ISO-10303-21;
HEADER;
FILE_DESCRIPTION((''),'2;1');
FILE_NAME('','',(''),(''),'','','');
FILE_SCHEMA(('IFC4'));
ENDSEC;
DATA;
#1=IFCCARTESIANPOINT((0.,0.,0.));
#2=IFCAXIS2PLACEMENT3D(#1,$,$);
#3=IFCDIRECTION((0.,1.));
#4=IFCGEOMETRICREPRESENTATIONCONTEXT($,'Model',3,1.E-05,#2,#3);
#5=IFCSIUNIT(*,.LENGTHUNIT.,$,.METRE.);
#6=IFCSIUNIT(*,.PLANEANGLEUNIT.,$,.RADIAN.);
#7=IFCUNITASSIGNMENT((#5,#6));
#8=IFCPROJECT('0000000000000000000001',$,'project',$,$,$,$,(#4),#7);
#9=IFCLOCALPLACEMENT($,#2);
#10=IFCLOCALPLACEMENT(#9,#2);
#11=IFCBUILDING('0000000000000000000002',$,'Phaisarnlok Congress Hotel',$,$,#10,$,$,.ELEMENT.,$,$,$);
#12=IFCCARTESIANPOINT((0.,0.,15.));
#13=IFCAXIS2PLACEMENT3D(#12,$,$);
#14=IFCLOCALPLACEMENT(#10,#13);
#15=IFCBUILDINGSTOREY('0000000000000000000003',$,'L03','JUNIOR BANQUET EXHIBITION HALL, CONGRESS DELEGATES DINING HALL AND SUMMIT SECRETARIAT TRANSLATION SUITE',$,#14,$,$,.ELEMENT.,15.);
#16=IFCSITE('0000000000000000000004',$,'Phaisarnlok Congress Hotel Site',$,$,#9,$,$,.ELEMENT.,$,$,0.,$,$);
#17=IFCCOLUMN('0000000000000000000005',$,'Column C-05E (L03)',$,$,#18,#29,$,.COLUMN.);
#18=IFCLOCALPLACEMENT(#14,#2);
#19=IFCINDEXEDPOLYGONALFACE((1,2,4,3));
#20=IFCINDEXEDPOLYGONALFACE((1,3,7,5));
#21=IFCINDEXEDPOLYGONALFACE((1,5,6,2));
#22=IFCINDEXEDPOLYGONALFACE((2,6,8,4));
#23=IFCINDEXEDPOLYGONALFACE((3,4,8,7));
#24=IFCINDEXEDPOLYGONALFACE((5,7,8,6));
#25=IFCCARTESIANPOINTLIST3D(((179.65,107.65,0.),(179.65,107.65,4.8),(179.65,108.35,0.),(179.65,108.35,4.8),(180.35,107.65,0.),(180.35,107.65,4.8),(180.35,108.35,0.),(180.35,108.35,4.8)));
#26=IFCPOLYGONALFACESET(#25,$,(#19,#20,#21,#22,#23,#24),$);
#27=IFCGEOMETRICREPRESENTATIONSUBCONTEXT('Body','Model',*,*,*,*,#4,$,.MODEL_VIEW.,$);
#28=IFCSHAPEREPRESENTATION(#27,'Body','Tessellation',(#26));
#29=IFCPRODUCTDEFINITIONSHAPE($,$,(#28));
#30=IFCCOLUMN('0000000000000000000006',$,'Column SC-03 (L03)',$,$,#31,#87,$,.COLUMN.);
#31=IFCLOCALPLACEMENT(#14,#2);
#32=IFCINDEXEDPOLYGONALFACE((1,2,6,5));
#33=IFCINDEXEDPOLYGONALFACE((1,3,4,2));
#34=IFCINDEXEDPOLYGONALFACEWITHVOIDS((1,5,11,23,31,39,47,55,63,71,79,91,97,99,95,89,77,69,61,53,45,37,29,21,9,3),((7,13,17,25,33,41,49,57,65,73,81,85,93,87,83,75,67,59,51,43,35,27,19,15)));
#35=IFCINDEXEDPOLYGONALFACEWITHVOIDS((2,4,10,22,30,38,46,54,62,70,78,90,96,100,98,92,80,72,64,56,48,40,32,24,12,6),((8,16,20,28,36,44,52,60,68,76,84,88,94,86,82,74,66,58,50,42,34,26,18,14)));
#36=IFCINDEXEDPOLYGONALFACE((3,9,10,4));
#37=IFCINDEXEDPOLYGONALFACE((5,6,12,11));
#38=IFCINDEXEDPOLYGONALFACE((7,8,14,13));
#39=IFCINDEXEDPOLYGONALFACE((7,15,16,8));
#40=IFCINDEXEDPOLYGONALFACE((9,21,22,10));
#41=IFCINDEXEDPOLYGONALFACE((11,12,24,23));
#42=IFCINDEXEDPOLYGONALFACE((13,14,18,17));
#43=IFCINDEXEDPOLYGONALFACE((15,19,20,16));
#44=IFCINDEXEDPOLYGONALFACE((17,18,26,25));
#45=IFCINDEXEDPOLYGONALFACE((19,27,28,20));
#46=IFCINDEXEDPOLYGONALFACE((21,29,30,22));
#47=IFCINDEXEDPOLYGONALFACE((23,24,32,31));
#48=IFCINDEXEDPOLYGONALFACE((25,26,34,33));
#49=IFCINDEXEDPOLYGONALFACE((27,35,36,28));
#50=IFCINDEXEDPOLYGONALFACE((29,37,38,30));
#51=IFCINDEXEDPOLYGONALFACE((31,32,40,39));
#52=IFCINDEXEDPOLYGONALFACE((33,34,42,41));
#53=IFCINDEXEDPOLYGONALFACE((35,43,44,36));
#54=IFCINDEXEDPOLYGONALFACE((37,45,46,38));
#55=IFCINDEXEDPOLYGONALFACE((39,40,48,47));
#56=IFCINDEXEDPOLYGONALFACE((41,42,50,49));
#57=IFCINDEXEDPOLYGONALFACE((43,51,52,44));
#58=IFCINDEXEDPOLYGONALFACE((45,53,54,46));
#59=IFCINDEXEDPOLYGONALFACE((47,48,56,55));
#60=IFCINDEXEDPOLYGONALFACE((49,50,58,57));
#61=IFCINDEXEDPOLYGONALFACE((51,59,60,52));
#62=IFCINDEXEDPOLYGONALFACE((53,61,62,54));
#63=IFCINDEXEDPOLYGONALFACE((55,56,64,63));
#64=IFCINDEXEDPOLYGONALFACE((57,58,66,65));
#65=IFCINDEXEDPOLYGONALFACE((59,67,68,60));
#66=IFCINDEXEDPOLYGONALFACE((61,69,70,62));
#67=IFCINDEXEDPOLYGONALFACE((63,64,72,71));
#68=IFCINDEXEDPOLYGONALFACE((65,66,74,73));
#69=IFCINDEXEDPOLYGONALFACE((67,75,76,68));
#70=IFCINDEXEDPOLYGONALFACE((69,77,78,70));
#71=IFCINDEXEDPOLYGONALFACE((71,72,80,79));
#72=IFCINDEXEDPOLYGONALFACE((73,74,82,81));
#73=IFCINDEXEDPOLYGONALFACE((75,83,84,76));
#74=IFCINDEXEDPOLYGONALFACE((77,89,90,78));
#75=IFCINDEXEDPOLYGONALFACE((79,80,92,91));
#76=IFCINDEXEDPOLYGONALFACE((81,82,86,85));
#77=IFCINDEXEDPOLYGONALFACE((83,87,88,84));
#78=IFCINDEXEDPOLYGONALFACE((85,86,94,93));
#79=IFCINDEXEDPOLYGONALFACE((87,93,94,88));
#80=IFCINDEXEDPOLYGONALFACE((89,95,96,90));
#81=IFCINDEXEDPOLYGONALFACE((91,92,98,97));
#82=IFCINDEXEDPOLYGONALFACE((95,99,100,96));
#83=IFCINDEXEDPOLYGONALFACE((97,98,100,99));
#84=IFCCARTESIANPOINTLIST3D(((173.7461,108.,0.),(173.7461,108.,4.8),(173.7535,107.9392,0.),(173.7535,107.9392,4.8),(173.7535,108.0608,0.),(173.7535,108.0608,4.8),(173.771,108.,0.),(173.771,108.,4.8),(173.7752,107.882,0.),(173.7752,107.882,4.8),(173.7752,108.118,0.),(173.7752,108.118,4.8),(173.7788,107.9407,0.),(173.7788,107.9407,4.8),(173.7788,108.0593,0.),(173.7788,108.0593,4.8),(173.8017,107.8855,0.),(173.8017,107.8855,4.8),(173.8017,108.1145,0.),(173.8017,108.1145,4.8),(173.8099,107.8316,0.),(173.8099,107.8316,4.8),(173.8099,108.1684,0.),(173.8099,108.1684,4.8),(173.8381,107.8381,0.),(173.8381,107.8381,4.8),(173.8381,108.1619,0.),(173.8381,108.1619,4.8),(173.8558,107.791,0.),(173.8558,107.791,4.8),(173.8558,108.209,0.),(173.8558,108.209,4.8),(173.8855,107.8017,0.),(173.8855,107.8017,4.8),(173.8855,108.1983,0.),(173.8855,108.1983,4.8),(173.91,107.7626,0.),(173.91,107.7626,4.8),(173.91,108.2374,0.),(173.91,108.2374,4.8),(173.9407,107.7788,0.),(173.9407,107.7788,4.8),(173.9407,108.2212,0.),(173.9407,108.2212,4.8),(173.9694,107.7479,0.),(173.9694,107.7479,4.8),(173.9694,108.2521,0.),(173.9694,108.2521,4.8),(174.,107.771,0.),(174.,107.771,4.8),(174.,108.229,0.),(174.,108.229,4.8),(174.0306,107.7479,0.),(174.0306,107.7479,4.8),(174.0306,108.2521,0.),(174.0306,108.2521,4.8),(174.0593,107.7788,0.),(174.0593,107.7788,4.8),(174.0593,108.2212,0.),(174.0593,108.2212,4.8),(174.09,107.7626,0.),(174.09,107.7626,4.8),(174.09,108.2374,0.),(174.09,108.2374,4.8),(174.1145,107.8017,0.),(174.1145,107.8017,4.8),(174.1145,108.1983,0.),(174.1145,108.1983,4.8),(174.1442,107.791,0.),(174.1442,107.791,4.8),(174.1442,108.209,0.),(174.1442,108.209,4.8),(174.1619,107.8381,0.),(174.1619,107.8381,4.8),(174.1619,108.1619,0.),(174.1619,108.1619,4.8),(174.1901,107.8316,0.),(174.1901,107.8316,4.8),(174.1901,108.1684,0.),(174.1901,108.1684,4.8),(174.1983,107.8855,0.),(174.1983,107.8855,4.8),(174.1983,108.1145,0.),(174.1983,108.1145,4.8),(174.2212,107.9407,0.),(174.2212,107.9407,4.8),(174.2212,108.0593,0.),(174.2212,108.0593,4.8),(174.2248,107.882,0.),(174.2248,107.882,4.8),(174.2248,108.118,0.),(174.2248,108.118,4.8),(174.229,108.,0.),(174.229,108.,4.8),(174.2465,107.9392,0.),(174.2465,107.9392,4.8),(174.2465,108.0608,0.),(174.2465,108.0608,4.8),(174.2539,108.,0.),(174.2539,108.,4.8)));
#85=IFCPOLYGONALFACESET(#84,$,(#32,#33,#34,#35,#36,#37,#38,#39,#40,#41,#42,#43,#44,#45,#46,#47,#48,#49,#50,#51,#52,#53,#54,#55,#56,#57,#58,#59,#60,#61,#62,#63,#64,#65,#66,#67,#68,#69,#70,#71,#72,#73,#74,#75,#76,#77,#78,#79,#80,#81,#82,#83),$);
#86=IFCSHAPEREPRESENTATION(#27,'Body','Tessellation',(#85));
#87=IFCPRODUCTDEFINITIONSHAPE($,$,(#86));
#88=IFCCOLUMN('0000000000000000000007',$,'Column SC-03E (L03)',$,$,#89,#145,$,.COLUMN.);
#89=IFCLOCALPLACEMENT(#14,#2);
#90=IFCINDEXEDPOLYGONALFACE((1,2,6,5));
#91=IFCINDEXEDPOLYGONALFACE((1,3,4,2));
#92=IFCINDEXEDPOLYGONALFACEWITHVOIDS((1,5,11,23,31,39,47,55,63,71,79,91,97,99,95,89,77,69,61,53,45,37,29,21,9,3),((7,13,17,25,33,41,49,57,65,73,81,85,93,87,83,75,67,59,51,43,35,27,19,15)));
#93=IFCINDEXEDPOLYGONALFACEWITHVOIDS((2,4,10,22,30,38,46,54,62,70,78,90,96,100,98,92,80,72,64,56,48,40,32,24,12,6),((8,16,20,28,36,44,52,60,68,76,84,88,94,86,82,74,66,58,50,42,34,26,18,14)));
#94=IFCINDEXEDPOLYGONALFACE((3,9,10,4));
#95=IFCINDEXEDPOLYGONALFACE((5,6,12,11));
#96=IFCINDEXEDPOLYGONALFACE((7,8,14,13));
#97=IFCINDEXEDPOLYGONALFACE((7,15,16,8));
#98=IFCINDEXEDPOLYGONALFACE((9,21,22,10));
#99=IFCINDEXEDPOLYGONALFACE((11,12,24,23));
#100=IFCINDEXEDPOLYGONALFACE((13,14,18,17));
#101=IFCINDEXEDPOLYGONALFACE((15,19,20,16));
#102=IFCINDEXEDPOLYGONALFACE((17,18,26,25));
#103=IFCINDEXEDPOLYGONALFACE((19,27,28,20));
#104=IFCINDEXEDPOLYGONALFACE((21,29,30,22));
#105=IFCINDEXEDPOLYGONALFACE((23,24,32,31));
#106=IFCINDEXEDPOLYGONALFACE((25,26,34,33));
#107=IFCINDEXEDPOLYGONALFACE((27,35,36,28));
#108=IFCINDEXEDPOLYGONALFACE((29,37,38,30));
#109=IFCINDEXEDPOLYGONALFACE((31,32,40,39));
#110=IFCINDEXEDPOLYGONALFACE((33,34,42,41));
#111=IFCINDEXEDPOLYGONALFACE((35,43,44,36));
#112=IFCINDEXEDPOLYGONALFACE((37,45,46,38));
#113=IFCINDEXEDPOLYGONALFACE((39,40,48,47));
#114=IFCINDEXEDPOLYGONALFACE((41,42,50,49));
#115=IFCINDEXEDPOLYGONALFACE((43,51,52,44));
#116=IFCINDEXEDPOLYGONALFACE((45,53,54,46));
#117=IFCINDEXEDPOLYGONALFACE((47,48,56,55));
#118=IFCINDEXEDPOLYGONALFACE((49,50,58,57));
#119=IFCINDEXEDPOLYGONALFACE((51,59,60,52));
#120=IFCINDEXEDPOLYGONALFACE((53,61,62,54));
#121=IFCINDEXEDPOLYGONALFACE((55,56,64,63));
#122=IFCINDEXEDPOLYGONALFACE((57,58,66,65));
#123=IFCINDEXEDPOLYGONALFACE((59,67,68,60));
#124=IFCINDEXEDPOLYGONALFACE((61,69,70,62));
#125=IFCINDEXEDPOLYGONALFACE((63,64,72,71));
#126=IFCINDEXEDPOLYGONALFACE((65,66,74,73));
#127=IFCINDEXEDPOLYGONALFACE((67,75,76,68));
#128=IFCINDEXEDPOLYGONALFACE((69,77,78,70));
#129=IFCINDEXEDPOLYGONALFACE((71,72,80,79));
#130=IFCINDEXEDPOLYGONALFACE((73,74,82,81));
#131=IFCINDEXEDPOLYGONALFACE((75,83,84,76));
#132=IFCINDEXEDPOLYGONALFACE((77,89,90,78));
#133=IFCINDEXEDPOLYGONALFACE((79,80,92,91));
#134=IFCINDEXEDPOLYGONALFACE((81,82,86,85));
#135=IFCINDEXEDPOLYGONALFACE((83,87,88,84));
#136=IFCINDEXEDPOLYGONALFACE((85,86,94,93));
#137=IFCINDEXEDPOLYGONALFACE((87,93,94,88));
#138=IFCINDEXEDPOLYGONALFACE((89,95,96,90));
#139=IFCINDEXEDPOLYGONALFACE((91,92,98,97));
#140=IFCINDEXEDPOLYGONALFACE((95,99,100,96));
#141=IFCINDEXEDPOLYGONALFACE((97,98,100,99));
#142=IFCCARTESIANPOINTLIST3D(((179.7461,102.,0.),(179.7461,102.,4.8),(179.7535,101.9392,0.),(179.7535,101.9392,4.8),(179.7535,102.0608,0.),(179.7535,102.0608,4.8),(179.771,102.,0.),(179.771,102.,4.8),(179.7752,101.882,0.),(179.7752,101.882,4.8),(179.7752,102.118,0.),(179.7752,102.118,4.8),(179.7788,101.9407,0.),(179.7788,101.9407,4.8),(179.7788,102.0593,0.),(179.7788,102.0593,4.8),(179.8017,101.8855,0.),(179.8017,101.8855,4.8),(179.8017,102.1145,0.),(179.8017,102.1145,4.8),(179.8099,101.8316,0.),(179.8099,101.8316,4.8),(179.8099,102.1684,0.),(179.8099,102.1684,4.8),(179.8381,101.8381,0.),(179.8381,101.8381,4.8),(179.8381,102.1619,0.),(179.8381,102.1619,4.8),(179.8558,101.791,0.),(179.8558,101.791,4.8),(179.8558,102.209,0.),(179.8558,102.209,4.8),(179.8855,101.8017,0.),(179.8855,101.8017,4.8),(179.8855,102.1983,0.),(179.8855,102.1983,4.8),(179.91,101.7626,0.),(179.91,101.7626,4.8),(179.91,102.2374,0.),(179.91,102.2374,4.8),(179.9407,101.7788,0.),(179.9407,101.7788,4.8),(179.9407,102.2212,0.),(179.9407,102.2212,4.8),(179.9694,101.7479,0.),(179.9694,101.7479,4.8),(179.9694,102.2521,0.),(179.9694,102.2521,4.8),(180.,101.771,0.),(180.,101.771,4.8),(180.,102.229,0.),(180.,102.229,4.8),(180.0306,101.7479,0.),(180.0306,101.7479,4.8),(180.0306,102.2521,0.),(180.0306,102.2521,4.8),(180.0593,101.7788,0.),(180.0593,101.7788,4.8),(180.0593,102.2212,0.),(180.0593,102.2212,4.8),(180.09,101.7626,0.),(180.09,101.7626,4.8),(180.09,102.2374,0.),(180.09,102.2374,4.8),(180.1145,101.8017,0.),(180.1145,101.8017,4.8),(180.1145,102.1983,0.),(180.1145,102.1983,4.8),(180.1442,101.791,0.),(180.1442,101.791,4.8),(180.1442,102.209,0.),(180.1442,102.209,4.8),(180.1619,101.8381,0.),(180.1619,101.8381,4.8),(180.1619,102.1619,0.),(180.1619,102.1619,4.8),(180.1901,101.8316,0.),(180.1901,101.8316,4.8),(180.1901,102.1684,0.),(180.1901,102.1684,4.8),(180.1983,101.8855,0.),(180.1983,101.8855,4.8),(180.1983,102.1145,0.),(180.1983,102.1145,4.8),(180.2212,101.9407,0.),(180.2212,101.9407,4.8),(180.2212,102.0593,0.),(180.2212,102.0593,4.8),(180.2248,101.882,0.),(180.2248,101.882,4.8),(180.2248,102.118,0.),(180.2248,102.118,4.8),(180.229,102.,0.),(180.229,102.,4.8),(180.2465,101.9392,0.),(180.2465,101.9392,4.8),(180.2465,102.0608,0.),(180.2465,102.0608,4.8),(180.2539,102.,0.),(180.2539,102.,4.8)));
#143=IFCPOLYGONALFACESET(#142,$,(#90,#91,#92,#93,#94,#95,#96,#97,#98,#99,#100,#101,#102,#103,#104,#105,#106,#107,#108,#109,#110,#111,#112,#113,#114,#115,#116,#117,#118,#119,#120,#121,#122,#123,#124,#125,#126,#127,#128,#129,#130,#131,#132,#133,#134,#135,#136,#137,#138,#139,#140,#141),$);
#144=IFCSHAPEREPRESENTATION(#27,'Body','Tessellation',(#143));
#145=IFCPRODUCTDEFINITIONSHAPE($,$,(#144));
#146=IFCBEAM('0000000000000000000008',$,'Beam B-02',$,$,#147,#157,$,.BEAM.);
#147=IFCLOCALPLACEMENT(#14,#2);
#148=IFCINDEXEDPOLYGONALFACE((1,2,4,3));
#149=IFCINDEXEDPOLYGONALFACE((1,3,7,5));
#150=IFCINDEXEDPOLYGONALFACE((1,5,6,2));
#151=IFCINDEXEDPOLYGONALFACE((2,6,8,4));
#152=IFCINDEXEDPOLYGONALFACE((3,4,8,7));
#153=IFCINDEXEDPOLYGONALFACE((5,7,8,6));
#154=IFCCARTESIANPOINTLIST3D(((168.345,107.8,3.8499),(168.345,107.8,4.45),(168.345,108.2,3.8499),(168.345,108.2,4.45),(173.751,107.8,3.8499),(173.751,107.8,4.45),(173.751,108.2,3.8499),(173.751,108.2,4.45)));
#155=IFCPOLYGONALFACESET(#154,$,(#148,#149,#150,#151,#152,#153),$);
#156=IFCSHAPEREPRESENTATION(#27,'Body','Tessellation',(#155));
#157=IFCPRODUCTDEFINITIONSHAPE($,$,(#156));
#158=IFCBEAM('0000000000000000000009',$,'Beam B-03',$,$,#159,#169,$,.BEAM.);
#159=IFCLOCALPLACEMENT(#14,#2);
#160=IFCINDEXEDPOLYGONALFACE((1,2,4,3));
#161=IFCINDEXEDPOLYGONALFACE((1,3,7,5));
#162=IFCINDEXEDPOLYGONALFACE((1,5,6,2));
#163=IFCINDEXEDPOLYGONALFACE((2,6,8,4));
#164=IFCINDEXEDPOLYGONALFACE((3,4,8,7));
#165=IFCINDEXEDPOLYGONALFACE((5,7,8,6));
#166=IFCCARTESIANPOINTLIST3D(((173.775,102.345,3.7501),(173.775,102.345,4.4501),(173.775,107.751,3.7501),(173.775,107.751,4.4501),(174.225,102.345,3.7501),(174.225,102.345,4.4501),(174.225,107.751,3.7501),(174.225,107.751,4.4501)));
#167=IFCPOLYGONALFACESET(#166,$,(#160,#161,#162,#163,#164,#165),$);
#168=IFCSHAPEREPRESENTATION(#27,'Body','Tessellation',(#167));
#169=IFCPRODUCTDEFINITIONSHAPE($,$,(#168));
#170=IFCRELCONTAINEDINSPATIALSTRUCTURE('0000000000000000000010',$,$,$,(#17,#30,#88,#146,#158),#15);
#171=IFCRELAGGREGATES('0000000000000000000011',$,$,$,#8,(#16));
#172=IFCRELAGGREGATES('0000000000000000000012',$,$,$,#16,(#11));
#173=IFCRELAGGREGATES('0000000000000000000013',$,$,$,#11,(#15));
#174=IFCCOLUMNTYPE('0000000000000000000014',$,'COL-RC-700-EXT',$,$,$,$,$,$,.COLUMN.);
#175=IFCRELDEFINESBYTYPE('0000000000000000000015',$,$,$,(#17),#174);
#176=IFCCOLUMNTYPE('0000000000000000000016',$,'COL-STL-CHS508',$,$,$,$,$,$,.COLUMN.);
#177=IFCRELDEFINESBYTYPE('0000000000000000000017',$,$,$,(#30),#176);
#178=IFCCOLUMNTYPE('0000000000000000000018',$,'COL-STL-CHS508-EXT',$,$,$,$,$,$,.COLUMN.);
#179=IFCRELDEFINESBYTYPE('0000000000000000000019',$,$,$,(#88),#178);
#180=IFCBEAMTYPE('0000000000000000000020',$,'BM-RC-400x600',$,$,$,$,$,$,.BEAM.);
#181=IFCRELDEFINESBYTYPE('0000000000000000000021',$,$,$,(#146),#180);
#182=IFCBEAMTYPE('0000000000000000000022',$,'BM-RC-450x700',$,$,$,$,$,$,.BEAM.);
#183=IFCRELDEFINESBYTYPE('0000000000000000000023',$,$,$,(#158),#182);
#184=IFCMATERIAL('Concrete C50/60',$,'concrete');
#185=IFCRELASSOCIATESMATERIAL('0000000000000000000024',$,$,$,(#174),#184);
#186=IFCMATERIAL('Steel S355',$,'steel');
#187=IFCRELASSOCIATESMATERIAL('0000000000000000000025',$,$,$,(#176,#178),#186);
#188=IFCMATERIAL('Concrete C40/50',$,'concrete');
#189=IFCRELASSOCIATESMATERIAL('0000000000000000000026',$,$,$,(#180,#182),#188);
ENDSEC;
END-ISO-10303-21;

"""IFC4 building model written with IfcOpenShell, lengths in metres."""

from ifc_helpers import new_model, si_unit, direction, frame, origin, origin_2d, place, context, subcontext, project, spatial, rectangle, hollow_circle, extrude, material, material_profile, profile_set, type_object, element, save


model = new_model("IFC4")

# Units and contexts
model_context = context("Model", 3, precision=1e-05, world=origin(), true_north=direction((0.0, 1.0)))
body_context = subcontext(model_context, "Body", "Model", "MODEL_VIEW")
ifc_project = project(units=[si_unit("LENGTHUNIT", "METRE"), si_unit("PLANEANGLEUNIT", "RADIAN")], contexts=[model_context])

# Site, building, storey
site_placement = place(None, origin())
site = spatial("IfcSite", under=ifc_project, at=site_placement, Name="Phaisarnlok Congress Hotel Site", CompositionType="ELEMENT", RefElevation=0.0)
building_placement = place(site_placement, origin())
building = spatial("IfcBuilding", under=site, at=building_placement, Name="Phaisarnlok Congress Hotel", CompositionType="ELEMENT")
storey_placement = place(building_placement, frame((0.0, 0.0, 15.0)))
storey = spatial("IfcBuildingStorey", under=building, at=storey_placement, Name="L03", Description="JUNIOR BANQUET EXHIBITION HALL, CONGRESS DELEGATES DINING HALL AND SUMMIT SECRETARIAT TRANSLATION SUITE", CompositionType="ELEMENT", Elevation=15.0)

# Columns
ifc_material_1 = material(Name="Concrete C50/60", Category="concrete")
ifc_material_profile_1 = material_profile(ifc_material_1, rectangle(XDim=0.7, YDim=0.7, at=origin_2d()), Name="RC 700x700")
ifc_profile_set_1 = profile_set([ifc_material_profile_1], Name="Concrete C50/60")
column_type_1 = type_object("IfcColumnType", Name="COL-RC-700-EXT", PredefinedType="COLUMN", material=ifc_profile_set_1)
column_1_placement = place(storey_placement, frame((180.0, 108.0, 0.0), z_axis=(0.0, 0.0, 1.0), x_axis=(1.0, 0.0, 0.0)))
element("IfcColumn", 1, at=column_1_placement, inside=storey, type_object=column_type_1, Name="Column C-05E (L03)", PredefinedType="COLUMN", context=body_context, shape_type="SweptSolid", body=[
    extrude(rectangle(XDim=0.7, YDim=0.7, at=origin_2d()), origin(), (0.0, 0.0, 1.0), 4.8),
])
ifc_material_2 = material(Name="Steel S355", Category="steel")
ifc_material_profile_2 = material_profile(ifc_material_2, hollow_circle(Radius=0.2539, WallThickness=0.0249, at=origin_2d()), Name="CHS 508x25")
ifc_profile_set_2 = profile_set([ifc_material_profile_2], Name="Steel S355")
column_type_2 = type_object("IfcColumnType", Name="COL-STL-CHS508", PredefinedType="COLUMN", material=ifc_profile_set_2)
column_2_placement = place(storey_placement, frame((174.0, 108.0, 0.0), z_axis=(0.0, 0.0, 1.0), x_axis=(1.0, 0.0, 0.0)))
element("IfcColumn", 2, at=column_2_placement, inside=storey, type_object=column_type_2, Name="Column SC-03 (L03)", PredefinedType="COLUMN", context=body_context, shape_type="SweptSolid", body=[
    extrude(hollow_circle(Radius=0.2539, WallThickness=0.0249, at=origin_2d()), origin(), (0.0, 0.0, 1.0), 4.8),
])
ifc_material_profile_3 = material_profile(ifc_material_2, hollow_circle(Radius=0.2539, WallThickness=0.0249, at=origin_2d()), Name="CHS 508x25")
ifc_profile_set_3 = profile_set([ifc_material_profile_3], Name="Steel S355")
column_type_3 = type_object("IfcColumnType", Name="COL-STL-CHS508-EXT", PredefinedType="COLUMN", material=ifc_profile_set_3)
column_3_placement = place(storey_placement, frame((180.0, 102.0, 0.0), z_axis=(0.0, 0.0, 1.0), x_axis=(1.0, 0.0, 0.0)))
element("IfcColumn", 3, at=column_3_placement, inside=storey, type_object=column_type_3, Name="Column SC-03E (L03)", PredefinedType="COLUMN", context=body_context, shape_type="SweptSolid", body=[
    extrude(hollow_circle(Radius=0.2539, WallThickness=0.0249, at=origin_2d()), origin(), (0.0, 0.0, 1.0), 4.8),
])

# Beams
ifc_material_3 = material(Name="Concrete C40/50", Category="concrete")
ifc_material_profile_4 = material_profile(ifc_material_3, rectangle(XDim=0.3999, YDim=0.6001, at=origin_2d()), Name="RC 400x600")
ifc_profile_set_4 = profile_set([ifc_material_profile_4], Name="Concrete C40/50")
beam_type_1 = type_object("IfcBeamType", Name="BM-RC-400x600", PredefinedType="BEAM", material=ifc_profile_set_4)
beam_1_placement = place(storey_placement, frame((168.345, 108.0, 4.1499), z_axis=(1.0, 0.0, 0.0), x_axis=(0.0, 1.0, 0.0)))
element("IfcBeam", 4, at=beam_1_placement, inside=storey, type_object=beam_type_1, Name="Beam B-02", PredefinedType="BEAM", context=body_context, shape_type="SweptSolid", body=[
    extrude(rectangle(XDim=0.3999, YDim=0.6001, at=origin_2d()), origin(), (0.0, 0.0, 1.0), 5.406),
])
ifc_material_profile_5 = material_profile(ifc_material_3, rectangle(XDim=0.45, YDim=0.7, at=origin_2d()), Name="RC 450x700")
ifc_profile_set_5 = profile_set([ifc_material_profile_5], Name="Concrete C40/50")
beam_type_2 = type_object("IfcBeamType", Name="BM-RC-450x700", PredefinedType="BEAM", material=ifc_profile_set_5)
beam_2_placement = place(storey_placement, frame((174.0, 102.345, 4.1001), z_axis=(0.0, 1.0, 0.0), x_axis=(-1.0, 0.0, 0.0)))
element("IfcBeam", 5, at=beam_2_placement, inside=storey, type_object=beam_type_2, Name="Beam B-03", PredefinedType="BEAM", context=body_context, shape_type="SweptSolid", body=[
    extrude(rectangle(XDim=0.45, YDim=0.7, at=origin_2d()), origin(), (0.0, 0.0, 1.0), 5.406),
])

save(model, "model.ifc")
